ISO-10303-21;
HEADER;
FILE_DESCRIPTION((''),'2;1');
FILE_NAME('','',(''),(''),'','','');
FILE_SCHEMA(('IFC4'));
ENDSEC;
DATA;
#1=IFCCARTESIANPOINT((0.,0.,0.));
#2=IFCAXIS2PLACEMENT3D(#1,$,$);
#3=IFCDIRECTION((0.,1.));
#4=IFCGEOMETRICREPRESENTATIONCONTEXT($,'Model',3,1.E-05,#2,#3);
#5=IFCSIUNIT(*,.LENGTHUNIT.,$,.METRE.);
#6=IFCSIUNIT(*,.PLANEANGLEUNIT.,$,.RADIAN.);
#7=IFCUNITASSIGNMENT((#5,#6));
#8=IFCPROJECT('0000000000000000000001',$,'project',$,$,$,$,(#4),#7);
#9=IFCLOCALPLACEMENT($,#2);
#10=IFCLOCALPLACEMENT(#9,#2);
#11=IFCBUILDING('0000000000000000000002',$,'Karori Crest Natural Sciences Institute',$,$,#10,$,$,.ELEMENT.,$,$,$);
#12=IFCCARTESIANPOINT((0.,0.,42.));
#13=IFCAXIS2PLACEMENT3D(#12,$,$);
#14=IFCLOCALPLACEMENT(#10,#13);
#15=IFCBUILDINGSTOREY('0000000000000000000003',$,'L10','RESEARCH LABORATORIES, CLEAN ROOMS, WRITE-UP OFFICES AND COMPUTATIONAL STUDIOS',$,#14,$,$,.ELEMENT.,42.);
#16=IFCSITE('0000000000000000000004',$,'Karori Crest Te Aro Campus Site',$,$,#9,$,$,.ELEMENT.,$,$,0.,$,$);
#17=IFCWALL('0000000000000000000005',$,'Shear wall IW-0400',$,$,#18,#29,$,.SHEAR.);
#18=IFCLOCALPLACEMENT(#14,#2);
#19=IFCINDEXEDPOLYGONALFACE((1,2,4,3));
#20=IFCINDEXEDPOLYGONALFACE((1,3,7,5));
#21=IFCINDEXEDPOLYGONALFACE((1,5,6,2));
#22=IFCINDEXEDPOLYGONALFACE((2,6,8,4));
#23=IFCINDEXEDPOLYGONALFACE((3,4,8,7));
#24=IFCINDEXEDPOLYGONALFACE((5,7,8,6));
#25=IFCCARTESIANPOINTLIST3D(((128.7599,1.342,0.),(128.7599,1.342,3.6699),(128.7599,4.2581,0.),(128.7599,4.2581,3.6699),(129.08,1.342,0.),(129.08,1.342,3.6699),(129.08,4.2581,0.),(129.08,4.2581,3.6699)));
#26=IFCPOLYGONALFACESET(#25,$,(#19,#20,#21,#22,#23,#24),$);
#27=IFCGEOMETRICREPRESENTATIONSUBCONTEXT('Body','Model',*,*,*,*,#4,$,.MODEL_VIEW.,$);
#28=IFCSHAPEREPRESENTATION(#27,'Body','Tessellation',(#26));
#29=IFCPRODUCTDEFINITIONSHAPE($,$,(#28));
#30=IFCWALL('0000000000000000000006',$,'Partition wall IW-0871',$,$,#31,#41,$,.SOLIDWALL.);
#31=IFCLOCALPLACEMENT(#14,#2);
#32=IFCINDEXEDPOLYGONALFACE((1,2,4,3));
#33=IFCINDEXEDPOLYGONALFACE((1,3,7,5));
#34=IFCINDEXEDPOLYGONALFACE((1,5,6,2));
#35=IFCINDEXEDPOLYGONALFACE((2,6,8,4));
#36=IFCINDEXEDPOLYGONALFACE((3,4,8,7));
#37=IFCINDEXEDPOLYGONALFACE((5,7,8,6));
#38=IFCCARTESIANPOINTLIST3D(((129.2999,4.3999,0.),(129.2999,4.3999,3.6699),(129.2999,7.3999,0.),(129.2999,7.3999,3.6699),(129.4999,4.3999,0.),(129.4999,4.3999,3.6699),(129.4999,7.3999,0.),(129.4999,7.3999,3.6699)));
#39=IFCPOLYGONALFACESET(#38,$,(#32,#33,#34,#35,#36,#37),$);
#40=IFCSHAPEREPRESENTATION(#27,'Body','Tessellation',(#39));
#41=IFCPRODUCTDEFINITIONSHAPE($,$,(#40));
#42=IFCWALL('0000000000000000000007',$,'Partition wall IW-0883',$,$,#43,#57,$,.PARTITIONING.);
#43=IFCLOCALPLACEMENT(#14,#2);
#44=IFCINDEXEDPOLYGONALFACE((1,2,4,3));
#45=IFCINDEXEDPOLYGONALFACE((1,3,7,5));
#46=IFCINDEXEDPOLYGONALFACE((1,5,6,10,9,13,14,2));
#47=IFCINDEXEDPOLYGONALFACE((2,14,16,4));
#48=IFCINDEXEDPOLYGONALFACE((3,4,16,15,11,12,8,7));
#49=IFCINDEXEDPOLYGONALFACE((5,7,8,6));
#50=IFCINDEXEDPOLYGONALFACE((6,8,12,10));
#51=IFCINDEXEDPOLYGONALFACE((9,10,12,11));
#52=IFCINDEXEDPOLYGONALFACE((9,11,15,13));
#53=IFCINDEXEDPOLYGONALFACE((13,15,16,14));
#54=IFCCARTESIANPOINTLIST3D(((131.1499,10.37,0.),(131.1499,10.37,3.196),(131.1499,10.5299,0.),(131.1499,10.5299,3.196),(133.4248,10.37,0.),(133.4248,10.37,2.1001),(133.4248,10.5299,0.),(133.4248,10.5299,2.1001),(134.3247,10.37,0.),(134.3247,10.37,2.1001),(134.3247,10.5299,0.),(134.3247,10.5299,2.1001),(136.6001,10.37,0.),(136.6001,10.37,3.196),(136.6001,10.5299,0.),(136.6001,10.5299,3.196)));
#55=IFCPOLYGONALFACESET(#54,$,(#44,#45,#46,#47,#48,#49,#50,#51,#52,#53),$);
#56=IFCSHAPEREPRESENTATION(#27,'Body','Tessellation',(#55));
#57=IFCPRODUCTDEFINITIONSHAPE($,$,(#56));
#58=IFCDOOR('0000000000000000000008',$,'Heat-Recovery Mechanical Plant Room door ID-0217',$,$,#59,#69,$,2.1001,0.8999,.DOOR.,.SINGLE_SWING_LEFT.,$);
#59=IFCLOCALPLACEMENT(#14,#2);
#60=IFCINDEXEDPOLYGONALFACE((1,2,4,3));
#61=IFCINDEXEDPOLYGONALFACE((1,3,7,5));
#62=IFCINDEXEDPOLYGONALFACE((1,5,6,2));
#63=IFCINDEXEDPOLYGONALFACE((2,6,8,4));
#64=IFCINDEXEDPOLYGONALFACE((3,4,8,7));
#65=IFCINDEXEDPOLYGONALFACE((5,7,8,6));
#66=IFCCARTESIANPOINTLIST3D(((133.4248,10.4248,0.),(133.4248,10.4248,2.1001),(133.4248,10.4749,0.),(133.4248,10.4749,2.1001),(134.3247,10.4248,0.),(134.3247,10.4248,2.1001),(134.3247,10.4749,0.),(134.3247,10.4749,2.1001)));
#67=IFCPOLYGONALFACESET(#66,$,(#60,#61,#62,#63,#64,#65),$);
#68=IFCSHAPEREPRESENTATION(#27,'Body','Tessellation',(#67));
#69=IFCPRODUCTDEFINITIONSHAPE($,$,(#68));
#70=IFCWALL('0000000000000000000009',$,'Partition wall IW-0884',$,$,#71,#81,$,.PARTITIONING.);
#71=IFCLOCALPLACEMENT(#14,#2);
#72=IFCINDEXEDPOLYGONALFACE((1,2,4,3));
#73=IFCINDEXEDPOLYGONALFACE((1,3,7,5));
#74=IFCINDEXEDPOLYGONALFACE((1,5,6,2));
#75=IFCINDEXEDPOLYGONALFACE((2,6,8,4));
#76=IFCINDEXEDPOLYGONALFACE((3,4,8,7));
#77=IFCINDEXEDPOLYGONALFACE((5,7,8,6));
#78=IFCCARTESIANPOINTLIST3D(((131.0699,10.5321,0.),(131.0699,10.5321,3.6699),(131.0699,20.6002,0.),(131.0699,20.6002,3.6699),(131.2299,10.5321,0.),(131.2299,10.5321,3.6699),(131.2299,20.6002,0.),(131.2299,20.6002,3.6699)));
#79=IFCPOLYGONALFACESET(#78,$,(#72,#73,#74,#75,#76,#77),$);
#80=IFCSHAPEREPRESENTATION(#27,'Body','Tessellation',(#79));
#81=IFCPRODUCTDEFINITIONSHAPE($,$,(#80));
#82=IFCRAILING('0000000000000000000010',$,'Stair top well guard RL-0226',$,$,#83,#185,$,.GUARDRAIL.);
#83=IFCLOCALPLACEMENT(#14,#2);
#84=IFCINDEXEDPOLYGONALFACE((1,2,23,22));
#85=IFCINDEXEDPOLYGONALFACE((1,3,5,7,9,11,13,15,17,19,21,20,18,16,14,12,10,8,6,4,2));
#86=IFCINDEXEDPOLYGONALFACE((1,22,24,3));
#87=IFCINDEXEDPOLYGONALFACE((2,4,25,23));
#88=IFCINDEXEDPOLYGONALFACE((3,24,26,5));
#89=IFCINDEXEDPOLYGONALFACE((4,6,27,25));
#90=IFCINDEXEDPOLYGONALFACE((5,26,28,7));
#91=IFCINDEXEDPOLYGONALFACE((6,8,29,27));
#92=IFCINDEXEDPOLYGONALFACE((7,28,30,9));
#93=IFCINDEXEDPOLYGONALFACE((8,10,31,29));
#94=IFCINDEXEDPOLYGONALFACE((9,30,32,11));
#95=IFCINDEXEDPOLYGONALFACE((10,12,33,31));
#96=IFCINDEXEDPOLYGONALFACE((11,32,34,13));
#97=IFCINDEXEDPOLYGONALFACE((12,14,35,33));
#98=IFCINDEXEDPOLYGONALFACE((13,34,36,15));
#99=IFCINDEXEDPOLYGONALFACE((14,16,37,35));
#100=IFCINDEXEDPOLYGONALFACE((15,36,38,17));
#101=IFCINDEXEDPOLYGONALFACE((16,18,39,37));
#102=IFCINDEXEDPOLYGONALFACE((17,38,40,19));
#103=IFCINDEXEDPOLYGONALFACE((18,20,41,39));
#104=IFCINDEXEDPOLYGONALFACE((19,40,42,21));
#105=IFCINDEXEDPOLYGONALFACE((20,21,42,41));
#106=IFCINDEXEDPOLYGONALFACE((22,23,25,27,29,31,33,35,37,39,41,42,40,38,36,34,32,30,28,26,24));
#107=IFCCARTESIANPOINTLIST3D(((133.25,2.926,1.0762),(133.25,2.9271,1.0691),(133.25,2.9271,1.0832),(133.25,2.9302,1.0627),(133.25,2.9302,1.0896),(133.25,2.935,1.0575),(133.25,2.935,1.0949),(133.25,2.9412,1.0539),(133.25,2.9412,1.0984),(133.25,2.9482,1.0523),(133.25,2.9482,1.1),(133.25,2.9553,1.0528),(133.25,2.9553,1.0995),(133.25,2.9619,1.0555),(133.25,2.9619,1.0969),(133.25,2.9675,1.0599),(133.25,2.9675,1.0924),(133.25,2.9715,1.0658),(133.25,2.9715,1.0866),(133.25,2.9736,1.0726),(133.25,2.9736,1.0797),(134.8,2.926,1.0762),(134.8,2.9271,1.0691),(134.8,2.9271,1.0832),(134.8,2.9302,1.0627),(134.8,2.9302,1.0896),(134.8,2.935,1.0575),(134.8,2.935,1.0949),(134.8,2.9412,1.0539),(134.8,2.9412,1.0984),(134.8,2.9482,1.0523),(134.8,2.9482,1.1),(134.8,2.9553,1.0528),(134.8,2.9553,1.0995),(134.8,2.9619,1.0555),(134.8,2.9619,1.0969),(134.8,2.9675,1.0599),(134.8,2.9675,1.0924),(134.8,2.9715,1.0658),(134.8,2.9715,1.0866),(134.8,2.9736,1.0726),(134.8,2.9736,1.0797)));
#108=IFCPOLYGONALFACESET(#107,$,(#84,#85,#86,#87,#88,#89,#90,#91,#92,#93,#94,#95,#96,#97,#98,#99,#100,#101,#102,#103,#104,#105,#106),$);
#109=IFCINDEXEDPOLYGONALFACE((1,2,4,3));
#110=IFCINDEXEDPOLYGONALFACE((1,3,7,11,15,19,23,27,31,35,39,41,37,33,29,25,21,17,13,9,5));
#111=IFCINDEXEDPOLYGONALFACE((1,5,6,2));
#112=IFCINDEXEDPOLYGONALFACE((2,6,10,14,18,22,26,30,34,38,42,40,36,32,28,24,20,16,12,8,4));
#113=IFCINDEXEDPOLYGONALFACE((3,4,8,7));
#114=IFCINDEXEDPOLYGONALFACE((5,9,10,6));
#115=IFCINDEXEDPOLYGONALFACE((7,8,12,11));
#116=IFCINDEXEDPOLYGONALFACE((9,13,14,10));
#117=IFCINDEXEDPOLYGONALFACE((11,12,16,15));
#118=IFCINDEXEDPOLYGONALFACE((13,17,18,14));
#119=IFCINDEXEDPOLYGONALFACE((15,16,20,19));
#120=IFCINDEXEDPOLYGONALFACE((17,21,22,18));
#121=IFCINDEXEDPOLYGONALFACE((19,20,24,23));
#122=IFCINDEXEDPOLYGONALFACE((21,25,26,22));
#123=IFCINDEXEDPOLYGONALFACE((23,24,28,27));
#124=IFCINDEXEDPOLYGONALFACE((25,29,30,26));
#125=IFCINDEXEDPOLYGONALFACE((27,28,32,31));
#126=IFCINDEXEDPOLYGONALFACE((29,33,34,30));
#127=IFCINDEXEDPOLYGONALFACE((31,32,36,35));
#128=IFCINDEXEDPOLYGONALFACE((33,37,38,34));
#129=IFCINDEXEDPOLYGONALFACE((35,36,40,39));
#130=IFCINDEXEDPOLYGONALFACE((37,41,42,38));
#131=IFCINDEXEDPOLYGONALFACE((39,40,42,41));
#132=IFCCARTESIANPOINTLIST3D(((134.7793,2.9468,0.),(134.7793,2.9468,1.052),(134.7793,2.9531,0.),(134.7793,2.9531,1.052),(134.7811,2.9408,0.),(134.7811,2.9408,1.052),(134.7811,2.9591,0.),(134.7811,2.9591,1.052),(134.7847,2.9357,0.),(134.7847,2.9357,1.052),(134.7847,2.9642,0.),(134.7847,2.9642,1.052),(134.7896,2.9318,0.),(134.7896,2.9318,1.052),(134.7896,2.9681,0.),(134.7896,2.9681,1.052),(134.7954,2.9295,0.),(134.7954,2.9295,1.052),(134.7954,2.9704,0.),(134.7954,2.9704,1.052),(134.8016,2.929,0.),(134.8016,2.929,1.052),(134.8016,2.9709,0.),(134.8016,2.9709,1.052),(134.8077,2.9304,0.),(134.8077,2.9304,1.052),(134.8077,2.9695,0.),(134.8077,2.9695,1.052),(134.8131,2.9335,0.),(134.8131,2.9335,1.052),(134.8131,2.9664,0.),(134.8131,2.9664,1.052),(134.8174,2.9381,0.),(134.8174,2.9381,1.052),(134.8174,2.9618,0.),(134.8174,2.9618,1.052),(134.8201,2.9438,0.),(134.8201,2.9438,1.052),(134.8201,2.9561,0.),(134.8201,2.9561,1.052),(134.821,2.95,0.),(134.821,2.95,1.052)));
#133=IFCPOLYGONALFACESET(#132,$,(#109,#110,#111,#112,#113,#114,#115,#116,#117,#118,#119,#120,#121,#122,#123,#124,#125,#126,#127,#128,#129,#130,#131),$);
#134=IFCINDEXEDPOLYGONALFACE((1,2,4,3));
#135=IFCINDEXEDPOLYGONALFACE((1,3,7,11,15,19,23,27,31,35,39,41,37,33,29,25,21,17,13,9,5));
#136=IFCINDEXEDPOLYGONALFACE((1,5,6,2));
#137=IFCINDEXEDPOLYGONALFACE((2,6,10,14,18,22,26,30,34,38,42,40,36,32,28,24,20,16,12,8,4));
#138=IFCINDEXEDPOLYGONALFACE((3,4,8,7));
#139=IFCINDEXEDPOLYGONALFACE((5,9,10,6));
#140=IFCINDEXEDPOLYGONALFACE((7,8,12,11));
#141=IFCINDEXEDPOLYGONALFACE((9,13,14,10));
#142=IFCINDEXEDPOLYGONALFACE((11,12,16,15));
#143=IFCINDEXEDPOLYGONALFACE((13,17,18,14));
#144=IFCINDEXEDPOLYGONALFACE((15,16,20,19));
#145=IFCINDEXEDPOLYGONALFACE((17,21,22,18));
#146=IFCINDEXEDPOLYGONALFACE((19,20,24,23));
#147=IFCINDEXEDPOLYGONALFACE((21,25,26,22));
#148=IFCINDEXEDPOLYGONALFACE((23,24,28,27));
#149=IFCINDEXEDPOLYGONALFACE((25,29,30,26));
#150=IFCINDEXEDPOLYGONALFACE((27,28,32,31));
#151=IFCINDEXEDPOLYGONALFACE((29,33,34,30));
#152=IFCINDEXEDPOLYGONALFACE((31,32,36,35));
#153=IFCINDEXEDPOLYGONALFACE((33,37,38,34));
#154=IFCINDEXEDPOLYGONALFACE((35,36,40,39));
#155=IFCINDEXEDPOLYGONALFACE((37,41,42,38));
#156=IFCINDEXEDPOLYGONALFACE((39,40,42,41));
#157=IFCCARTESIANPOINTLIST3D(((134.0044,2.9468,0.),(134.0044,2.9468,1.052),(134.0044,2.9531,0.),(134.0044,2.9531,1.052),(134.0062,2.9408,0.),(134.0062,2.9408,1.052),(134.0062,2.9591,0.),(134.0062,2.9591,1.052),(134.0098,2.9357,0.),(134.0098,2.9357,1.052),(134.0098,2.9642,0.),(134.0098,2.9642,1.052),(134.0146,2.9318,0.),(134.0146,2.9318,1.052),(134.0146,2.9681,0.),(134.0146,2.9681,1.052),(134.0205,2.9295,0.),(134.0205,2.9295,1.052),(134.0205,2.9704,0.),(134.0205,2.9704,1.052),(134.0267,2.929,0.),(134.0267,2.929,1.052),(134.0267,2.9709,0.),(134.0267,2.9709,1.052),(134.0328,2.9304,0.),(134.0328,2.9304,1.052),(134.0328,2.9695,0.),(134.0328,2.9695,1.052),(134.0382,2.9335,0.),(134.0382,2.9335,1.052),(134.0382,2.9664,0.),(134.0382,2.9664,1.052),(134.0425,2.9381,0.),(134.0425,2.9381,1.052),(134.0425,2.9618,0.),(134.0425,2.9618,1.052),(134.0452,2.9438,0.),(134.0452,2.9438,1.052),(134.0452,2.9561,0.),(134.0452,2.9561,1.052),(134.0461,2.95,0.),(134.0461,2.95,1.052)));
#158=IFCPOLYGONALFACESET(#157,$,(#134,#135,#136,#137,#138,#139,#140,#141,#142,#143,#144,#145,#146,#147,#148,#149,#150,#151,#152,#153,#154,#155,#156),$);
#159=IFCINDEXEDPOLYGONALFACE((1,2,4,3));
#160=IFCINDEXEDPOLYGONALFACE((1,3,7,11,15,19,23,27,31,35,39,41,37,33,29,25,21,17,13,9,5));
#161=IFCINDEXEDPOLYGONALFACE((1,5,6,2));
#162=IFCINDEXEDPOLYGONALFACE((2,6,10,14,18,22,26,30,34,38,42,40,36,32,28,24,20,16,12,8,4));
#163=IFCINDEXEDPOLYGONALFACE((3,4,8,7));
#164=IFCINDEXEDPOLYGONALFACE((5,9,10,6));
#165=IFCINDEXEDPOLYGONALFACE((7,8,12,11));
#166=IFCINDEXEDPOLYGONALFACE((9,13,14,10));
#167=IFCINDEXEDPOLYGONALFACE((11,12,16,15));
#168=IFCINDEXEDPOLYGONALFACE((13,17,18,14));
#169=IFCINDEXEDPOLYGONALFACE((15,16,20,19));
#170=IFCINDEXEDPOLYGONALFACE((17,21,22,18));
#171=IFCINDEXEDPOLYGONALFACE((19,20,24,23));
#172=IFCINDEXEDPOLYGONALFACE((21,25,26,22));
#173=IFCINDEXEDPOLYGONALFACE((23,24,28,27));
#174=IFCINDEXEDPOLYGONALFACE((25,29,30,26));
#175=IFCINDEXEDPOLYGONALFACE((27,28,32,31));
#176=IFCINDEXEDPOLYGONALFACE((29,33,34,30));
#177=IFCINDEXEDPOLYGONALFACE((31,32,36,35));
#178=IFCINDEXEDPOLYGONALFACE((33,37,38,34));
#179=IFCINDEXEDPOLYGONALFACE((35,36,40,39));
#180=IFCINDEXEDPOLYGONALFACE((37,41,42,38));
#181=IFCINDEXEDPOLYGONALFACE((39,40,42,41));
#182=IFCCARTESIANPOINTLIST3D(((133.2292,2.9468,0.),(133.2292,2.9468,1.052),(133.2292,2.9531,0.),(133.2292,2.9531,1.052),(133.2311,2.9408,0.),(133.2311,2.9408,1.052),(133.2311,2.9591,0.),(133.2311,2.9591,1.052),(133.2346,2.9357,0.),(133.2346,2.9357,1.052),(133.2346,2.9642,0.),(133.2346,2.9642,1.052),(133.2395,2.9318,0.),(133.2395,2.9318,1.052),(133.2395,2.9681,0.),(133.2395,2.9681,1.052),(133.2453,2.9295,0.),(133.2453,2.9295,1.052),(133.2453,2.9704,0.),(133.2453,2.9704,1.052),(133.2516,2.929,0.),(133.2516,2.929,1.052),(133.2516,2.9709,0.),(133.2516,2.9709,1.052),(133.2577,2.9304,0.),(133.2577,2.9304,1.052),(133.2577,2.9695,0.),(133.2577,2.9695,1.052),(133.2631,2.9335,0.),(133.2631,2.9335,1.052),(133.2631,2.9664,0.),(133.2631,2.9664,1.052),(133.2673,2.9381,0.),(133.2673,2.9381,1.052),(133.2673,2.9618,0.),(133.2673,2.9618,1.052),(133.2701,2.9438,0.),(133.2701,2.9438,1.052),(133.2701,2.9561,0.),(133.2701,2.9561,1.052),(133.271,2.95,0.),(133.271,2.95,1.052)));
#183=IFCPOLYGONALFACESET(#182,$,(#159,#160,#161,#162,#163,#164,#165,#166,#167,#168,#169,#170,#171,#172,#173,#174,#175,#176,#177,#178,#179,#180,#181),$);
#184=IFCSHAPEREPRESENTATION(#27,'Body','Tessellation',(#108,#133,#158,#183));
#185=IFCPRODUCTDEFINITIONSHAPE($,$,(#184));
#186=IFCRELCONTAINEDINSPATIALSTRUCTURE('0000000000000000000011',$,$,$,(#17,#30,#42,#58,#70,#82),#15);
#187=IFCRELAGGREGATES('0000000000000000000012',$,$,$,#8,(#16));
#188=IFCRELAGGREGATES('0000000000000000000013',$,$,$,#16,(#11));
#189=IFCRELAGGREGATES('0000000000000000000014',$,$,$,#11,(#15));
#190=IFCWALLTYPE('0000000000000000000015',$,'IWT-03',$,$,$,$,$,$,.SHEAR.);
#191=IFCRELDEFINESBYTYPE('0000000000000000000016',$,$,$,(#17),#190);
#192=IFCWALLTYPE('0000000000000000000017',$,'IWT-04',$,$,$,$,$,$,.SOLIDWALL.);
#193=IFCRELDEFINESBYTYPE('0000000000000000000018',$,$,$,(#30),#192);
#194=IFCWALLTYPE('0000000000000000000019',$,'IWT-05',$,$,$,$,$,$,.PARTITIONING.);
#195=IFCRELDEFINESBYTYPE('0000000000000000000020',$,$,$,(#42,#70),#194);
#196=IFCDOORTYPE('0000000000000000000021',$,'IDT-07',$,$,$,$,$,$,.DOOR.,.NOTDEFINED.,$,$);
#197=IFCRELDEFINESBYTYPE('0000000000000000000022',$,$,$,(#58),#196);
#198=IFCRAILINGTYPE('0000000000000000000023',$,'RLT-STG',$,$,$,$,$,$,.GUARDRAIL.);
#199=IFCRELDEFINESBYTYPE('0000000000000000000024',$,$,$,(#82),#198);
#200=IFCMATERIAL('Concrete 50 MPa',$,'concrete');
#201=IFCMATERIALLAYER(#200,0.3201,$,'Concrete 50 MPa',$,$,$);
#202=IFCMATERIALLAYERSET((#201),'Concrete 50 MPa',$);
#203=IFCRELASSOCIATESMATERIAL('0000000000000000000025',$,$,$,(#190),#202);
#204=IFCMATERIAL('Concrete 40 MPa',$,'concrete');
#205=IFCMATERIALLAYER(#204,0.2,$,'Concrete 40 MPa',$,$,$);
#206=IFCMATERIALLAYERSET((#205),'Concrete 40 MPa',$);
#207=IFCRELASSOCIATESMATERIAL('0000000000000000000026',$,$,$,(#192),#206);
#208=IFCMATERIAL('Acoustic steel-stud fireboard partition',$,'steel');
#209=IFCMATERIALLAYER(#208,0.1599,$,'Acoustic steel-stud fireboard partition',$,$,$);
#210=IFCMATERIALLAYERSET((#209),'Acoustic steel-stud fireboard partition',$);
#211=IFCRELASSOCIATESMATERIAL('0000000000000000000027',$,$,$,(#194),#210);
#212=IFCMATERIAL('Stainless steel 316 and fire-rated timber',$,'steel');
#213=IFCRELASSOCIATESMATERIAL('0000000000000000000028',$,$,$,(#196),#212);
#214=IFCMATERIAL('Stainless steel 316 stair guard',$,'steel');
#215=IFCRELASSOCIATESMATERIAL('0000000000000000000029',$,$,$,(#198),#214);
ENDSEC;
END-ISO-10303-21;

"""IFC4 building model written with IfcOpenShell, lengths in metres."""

from ifc_helpers import new_model, si_unit, direction, frame, frame_2d, origin, origin_2d, place, context, subcontext, project, spatial, rectangle, circle, extrude, material, layer, layer_set, type_object, element, fill, save


model = new_model("IFC4")

# Units and contexts
model_context = context("Model", 3, precision=1e-05, world=origin(), true_north=direction((0.0, 1.0)))
body_context = subcontext(model_context, "Body", "Model", "MODEL_VIEW")
ifc_project = project(units=[si_unit("LENGTHUNIT", "METRE"), si_unit("PLANEANGLEUNIT", "RADIAN")], contexts=[model_context])

# Site, building, storey
site_placement = place(None, origin())
site = spatial("IfcSite", under=ifc_project, at=site_placement, Name="Karori Crest Te Aro Campus Site", CompositionType="ELEMENT", RefElevation=0.0)
building_placement = place(site_placement, origin())
building = spatial("IfcBuilding", under=site, at=building_placement, Name="Karori Crest Natural Sciences Institute", CompositionType="ELEMENT")
storey_placement = place(building_placement, frame((0.0, 0.0, 42.0)))
storey = spatial("IfcBuildingStorey", under=building, at=storey_placement, Name="L10", Description="RESEARCH LABORATORIES, CLEAN ROOMS, WRITE-UP OFFICES AND COMPUTATIONAL STUDIOS", CompositionType="ELEMENT", Elevation=42.0)

# Shared definitions
ifc_material_1 = material(Name="Concrete 50 MPa", Category="concrete")

# Shared definitions
ifc_material_2 = material(Name="Stainless steel 316 and fire-rated timber", Category="steel")

# Walls
ifc_layer_1 = layer(ifc_material_1, 0.3201, Name="Concrete 50 MPa")
ifc_layer_set_1 = layer_set([ifc_layer_1], Name="Concrete 50 MPa")
wall_type_1 = type_object("IfcWallType", Name="IWT-03", PredefinedType="SHEAR", material=ifc_layer_set_1)
wall_1_placement = place(storey_placement, frame((128.9199, 1.342, 0.0), z_axis=(0.0, 0.0, 1.0), x_axis=(0.0, 1.0, 0.0)))
element("IfcWall", 1, at=wall_1_placement, inside=storey, type_object=wall_type_1, Name="Shear wall IW-0400", PredefinedType="SHEAR", context=body_context, shape_type="SweptSolid", body=[
    extrude(rectangle(XDim=2.916, YDim=0.3201, at=frame_2d((1.458, 0.0))), origin(), (0.0, 0.0, 1.0), 3.6699),
])
ifc_material_3 = material(Name="Concrete 40 MPa", Category="concrete")
ifc_layer_2 = layer(ifc_material_3, 0.2, Name="Concrete 40 MPa")
ifc_layer_set_2 = layer_set([ifc_layer_2], Name="Concrete 40 MPa")
wall_type_2 = type_object("IfcWallType", Name="IWT-04", PredefinedType="SOLIDWALL", material=ifc_layer_set_2)
wall_2_placement = place(storey_placement, frame((129.3999, 4.3999, 0.0), z_axis=(0.0, 0.0, 1.0), x_axis=(0.0, 1.0, 0.0)))
element("IfcWall", 2, at=wall_2_placement, inside=storey, type_object=wall_type_2, Name="Partition wall IW-0871", PredefinedType="SOLIDWALL", context=body_context, shape_type="SweptSolid", body=[
    extrude(rectangle(XDim=3.0, YDim=0.2, at=frame_2d((1.5, 0.0))), origin(), (0.0, 0.0, 1.0), 3.6699),
])

# Wall, opening, door
ifc_material_4 = material(Name="Acoustic steel-stud fireboard partition", Category="steel")
ifc_layer_3 = layer(ifc_material_4, 0.1599, Name="Acoustic steel-stud fireboard partition")
ifc_layer_set_3 = layer_set([ifc_layer_3], Name="Acoustic steel-stud fireboard partition")
wall_type_3 = type_object("IfcWallType", Name="IWT-05", PredefinedType="PARTITIONING", material=ifc_layer_set_3)
wall_3_placement = place(storey_placement, frame((131.1499, 10.45, 0.0), z_axis=(0.0, 0.0, 1.0), x_axis=(1.0, 0.0, 0.0)))
wall_3 = element("IfcWall", 3, at=wall_3_placement, inside=storey, type_object=wall_type_3, Name="Partition wall IW-0883", PredefinedType="PARTITIONING", context=body_context, shape_type="SweptSolid", body=[
    extrude(rectangle(XDim=5.4502, YDim=0.1599, at=frame_2d((2.7251, 0.0))), origin(), (0.0, 0.0, 1.0), 3.196),
])
opening_1_placement = place(wall_3_placement, frame((2.2749, 0.0, 0.0)))
opening_1 = element("IfcOpeningElement", 4, at=opening_1_placement, cuts=wall_3, PredefinedType="OPENING", context=body_context, shape_type="SweptSolid", body=[
    extrude(rectangle(XDim=0.8999, YDim=2.1001, at=frame_2d((0.45, 1.05))), frame((0.0, 0.0898, 0.0), z_axis=(0.0, -1.0, 0.0), x_axis=(1.0, 0.0, 0.0)), (0.0, 0.0, 1.0), 0.1799),
])
door_type_1 = type_object("IfcDoorType", Name="IDT-07", OperationType="NOTDEFINED", PredefinedType="DOOR", material=ifc_material_2)
door_1_placement = place(opening_1_placement, origin())
door_1 = element("IfcDoor", 5, at=door_1_placement, inside=storey, type_object=door_type_1, Name="Heat-Recovery Mechanical Plant Room door ID-0217", OperationType="SINGLE_SWING_LEFT", OverallHeight=2.1001, OverallWidth=0.8999, PredefinedType="DOOR", context=body_context, shape_type="SweptSolid", body=[
    extrude(rectangle(XDim=0.8999, YDim=2.1001, at=frame_2d((0.45, 1.05))), frame((0.0, 0.0249, 0.0), z_axis=(0.0, -1.0, 0.0), x_axis=(1.0, 0.0, 0.0)), (0.0, 0.0, 1.0), 0.05),
])
fill(opening_1, door_1)

# Wall
wall_4_placement = place(storey_placement, frame((131.1499, 10.532, 0.0), z_axis=(0.0, 0.0, 1.0), x_axis=(0.0, 1.0, 0.0)))
element("IfcWall", 6, at=wall_4_placement, inside=storey, type_object=wall_type_3, Name="Partition wall IW-0884", PredefinedType="PARTITIONING", context=body_context, shape_type="SweptSolid", body=[
    extrude(rectangle(XDim=10.0681, YDim=0.1599, at=frame_2d((5.0342, 0.0))), origin(), (0.0, 0.0, 1.0), 3.6699),
])

# Railing
ifc_material_5 = material(Name="Stainless steel 316 stair guard", Category="steel")
railing_type = type_object("IfcRailingType", Name="RLT-STG", PredefinedType="GUARDRAIL", material=ifc_material_5)
railing_placement = place(storey_placement, frame((134.8, 2.95, 0.0)))
element("IfcRailing", 7, at=railing_placement, inside=storey, type_object=railing_type, Name="Stair top well guard RL-0226", PredefinedType="GUARDRAIL", context=body_context, shape_type="SweptSolid", body=[
    extrude(circle(Radius=0.0239, at=origin_2d()), frame((0.0, 0.0, 1.0762), z_axis=(-1.0, 0.0, 0.0), x_axis=(0.0, -1.0, 0.0)), (0.0, 0.0, 1.0), 1.55),
    extrude(circle(Radius=0.021, at=origin_2d()), origin(), (0.0, 0.0, 1.0), 1.052),
    extrude(circle(Radius=0.021, at=origin_2d()), frame((-0.7749, 0.0, 0.0)), (0.0, 0.0, 1.0), 1.052),
    extrude(circle(Radius=0.021, at=origin_2d()), frame((-1.55, 0.0, 0.0)), (0.0, 0.0, 1.0), 1.052),
])

save(model, "model.ifc")
